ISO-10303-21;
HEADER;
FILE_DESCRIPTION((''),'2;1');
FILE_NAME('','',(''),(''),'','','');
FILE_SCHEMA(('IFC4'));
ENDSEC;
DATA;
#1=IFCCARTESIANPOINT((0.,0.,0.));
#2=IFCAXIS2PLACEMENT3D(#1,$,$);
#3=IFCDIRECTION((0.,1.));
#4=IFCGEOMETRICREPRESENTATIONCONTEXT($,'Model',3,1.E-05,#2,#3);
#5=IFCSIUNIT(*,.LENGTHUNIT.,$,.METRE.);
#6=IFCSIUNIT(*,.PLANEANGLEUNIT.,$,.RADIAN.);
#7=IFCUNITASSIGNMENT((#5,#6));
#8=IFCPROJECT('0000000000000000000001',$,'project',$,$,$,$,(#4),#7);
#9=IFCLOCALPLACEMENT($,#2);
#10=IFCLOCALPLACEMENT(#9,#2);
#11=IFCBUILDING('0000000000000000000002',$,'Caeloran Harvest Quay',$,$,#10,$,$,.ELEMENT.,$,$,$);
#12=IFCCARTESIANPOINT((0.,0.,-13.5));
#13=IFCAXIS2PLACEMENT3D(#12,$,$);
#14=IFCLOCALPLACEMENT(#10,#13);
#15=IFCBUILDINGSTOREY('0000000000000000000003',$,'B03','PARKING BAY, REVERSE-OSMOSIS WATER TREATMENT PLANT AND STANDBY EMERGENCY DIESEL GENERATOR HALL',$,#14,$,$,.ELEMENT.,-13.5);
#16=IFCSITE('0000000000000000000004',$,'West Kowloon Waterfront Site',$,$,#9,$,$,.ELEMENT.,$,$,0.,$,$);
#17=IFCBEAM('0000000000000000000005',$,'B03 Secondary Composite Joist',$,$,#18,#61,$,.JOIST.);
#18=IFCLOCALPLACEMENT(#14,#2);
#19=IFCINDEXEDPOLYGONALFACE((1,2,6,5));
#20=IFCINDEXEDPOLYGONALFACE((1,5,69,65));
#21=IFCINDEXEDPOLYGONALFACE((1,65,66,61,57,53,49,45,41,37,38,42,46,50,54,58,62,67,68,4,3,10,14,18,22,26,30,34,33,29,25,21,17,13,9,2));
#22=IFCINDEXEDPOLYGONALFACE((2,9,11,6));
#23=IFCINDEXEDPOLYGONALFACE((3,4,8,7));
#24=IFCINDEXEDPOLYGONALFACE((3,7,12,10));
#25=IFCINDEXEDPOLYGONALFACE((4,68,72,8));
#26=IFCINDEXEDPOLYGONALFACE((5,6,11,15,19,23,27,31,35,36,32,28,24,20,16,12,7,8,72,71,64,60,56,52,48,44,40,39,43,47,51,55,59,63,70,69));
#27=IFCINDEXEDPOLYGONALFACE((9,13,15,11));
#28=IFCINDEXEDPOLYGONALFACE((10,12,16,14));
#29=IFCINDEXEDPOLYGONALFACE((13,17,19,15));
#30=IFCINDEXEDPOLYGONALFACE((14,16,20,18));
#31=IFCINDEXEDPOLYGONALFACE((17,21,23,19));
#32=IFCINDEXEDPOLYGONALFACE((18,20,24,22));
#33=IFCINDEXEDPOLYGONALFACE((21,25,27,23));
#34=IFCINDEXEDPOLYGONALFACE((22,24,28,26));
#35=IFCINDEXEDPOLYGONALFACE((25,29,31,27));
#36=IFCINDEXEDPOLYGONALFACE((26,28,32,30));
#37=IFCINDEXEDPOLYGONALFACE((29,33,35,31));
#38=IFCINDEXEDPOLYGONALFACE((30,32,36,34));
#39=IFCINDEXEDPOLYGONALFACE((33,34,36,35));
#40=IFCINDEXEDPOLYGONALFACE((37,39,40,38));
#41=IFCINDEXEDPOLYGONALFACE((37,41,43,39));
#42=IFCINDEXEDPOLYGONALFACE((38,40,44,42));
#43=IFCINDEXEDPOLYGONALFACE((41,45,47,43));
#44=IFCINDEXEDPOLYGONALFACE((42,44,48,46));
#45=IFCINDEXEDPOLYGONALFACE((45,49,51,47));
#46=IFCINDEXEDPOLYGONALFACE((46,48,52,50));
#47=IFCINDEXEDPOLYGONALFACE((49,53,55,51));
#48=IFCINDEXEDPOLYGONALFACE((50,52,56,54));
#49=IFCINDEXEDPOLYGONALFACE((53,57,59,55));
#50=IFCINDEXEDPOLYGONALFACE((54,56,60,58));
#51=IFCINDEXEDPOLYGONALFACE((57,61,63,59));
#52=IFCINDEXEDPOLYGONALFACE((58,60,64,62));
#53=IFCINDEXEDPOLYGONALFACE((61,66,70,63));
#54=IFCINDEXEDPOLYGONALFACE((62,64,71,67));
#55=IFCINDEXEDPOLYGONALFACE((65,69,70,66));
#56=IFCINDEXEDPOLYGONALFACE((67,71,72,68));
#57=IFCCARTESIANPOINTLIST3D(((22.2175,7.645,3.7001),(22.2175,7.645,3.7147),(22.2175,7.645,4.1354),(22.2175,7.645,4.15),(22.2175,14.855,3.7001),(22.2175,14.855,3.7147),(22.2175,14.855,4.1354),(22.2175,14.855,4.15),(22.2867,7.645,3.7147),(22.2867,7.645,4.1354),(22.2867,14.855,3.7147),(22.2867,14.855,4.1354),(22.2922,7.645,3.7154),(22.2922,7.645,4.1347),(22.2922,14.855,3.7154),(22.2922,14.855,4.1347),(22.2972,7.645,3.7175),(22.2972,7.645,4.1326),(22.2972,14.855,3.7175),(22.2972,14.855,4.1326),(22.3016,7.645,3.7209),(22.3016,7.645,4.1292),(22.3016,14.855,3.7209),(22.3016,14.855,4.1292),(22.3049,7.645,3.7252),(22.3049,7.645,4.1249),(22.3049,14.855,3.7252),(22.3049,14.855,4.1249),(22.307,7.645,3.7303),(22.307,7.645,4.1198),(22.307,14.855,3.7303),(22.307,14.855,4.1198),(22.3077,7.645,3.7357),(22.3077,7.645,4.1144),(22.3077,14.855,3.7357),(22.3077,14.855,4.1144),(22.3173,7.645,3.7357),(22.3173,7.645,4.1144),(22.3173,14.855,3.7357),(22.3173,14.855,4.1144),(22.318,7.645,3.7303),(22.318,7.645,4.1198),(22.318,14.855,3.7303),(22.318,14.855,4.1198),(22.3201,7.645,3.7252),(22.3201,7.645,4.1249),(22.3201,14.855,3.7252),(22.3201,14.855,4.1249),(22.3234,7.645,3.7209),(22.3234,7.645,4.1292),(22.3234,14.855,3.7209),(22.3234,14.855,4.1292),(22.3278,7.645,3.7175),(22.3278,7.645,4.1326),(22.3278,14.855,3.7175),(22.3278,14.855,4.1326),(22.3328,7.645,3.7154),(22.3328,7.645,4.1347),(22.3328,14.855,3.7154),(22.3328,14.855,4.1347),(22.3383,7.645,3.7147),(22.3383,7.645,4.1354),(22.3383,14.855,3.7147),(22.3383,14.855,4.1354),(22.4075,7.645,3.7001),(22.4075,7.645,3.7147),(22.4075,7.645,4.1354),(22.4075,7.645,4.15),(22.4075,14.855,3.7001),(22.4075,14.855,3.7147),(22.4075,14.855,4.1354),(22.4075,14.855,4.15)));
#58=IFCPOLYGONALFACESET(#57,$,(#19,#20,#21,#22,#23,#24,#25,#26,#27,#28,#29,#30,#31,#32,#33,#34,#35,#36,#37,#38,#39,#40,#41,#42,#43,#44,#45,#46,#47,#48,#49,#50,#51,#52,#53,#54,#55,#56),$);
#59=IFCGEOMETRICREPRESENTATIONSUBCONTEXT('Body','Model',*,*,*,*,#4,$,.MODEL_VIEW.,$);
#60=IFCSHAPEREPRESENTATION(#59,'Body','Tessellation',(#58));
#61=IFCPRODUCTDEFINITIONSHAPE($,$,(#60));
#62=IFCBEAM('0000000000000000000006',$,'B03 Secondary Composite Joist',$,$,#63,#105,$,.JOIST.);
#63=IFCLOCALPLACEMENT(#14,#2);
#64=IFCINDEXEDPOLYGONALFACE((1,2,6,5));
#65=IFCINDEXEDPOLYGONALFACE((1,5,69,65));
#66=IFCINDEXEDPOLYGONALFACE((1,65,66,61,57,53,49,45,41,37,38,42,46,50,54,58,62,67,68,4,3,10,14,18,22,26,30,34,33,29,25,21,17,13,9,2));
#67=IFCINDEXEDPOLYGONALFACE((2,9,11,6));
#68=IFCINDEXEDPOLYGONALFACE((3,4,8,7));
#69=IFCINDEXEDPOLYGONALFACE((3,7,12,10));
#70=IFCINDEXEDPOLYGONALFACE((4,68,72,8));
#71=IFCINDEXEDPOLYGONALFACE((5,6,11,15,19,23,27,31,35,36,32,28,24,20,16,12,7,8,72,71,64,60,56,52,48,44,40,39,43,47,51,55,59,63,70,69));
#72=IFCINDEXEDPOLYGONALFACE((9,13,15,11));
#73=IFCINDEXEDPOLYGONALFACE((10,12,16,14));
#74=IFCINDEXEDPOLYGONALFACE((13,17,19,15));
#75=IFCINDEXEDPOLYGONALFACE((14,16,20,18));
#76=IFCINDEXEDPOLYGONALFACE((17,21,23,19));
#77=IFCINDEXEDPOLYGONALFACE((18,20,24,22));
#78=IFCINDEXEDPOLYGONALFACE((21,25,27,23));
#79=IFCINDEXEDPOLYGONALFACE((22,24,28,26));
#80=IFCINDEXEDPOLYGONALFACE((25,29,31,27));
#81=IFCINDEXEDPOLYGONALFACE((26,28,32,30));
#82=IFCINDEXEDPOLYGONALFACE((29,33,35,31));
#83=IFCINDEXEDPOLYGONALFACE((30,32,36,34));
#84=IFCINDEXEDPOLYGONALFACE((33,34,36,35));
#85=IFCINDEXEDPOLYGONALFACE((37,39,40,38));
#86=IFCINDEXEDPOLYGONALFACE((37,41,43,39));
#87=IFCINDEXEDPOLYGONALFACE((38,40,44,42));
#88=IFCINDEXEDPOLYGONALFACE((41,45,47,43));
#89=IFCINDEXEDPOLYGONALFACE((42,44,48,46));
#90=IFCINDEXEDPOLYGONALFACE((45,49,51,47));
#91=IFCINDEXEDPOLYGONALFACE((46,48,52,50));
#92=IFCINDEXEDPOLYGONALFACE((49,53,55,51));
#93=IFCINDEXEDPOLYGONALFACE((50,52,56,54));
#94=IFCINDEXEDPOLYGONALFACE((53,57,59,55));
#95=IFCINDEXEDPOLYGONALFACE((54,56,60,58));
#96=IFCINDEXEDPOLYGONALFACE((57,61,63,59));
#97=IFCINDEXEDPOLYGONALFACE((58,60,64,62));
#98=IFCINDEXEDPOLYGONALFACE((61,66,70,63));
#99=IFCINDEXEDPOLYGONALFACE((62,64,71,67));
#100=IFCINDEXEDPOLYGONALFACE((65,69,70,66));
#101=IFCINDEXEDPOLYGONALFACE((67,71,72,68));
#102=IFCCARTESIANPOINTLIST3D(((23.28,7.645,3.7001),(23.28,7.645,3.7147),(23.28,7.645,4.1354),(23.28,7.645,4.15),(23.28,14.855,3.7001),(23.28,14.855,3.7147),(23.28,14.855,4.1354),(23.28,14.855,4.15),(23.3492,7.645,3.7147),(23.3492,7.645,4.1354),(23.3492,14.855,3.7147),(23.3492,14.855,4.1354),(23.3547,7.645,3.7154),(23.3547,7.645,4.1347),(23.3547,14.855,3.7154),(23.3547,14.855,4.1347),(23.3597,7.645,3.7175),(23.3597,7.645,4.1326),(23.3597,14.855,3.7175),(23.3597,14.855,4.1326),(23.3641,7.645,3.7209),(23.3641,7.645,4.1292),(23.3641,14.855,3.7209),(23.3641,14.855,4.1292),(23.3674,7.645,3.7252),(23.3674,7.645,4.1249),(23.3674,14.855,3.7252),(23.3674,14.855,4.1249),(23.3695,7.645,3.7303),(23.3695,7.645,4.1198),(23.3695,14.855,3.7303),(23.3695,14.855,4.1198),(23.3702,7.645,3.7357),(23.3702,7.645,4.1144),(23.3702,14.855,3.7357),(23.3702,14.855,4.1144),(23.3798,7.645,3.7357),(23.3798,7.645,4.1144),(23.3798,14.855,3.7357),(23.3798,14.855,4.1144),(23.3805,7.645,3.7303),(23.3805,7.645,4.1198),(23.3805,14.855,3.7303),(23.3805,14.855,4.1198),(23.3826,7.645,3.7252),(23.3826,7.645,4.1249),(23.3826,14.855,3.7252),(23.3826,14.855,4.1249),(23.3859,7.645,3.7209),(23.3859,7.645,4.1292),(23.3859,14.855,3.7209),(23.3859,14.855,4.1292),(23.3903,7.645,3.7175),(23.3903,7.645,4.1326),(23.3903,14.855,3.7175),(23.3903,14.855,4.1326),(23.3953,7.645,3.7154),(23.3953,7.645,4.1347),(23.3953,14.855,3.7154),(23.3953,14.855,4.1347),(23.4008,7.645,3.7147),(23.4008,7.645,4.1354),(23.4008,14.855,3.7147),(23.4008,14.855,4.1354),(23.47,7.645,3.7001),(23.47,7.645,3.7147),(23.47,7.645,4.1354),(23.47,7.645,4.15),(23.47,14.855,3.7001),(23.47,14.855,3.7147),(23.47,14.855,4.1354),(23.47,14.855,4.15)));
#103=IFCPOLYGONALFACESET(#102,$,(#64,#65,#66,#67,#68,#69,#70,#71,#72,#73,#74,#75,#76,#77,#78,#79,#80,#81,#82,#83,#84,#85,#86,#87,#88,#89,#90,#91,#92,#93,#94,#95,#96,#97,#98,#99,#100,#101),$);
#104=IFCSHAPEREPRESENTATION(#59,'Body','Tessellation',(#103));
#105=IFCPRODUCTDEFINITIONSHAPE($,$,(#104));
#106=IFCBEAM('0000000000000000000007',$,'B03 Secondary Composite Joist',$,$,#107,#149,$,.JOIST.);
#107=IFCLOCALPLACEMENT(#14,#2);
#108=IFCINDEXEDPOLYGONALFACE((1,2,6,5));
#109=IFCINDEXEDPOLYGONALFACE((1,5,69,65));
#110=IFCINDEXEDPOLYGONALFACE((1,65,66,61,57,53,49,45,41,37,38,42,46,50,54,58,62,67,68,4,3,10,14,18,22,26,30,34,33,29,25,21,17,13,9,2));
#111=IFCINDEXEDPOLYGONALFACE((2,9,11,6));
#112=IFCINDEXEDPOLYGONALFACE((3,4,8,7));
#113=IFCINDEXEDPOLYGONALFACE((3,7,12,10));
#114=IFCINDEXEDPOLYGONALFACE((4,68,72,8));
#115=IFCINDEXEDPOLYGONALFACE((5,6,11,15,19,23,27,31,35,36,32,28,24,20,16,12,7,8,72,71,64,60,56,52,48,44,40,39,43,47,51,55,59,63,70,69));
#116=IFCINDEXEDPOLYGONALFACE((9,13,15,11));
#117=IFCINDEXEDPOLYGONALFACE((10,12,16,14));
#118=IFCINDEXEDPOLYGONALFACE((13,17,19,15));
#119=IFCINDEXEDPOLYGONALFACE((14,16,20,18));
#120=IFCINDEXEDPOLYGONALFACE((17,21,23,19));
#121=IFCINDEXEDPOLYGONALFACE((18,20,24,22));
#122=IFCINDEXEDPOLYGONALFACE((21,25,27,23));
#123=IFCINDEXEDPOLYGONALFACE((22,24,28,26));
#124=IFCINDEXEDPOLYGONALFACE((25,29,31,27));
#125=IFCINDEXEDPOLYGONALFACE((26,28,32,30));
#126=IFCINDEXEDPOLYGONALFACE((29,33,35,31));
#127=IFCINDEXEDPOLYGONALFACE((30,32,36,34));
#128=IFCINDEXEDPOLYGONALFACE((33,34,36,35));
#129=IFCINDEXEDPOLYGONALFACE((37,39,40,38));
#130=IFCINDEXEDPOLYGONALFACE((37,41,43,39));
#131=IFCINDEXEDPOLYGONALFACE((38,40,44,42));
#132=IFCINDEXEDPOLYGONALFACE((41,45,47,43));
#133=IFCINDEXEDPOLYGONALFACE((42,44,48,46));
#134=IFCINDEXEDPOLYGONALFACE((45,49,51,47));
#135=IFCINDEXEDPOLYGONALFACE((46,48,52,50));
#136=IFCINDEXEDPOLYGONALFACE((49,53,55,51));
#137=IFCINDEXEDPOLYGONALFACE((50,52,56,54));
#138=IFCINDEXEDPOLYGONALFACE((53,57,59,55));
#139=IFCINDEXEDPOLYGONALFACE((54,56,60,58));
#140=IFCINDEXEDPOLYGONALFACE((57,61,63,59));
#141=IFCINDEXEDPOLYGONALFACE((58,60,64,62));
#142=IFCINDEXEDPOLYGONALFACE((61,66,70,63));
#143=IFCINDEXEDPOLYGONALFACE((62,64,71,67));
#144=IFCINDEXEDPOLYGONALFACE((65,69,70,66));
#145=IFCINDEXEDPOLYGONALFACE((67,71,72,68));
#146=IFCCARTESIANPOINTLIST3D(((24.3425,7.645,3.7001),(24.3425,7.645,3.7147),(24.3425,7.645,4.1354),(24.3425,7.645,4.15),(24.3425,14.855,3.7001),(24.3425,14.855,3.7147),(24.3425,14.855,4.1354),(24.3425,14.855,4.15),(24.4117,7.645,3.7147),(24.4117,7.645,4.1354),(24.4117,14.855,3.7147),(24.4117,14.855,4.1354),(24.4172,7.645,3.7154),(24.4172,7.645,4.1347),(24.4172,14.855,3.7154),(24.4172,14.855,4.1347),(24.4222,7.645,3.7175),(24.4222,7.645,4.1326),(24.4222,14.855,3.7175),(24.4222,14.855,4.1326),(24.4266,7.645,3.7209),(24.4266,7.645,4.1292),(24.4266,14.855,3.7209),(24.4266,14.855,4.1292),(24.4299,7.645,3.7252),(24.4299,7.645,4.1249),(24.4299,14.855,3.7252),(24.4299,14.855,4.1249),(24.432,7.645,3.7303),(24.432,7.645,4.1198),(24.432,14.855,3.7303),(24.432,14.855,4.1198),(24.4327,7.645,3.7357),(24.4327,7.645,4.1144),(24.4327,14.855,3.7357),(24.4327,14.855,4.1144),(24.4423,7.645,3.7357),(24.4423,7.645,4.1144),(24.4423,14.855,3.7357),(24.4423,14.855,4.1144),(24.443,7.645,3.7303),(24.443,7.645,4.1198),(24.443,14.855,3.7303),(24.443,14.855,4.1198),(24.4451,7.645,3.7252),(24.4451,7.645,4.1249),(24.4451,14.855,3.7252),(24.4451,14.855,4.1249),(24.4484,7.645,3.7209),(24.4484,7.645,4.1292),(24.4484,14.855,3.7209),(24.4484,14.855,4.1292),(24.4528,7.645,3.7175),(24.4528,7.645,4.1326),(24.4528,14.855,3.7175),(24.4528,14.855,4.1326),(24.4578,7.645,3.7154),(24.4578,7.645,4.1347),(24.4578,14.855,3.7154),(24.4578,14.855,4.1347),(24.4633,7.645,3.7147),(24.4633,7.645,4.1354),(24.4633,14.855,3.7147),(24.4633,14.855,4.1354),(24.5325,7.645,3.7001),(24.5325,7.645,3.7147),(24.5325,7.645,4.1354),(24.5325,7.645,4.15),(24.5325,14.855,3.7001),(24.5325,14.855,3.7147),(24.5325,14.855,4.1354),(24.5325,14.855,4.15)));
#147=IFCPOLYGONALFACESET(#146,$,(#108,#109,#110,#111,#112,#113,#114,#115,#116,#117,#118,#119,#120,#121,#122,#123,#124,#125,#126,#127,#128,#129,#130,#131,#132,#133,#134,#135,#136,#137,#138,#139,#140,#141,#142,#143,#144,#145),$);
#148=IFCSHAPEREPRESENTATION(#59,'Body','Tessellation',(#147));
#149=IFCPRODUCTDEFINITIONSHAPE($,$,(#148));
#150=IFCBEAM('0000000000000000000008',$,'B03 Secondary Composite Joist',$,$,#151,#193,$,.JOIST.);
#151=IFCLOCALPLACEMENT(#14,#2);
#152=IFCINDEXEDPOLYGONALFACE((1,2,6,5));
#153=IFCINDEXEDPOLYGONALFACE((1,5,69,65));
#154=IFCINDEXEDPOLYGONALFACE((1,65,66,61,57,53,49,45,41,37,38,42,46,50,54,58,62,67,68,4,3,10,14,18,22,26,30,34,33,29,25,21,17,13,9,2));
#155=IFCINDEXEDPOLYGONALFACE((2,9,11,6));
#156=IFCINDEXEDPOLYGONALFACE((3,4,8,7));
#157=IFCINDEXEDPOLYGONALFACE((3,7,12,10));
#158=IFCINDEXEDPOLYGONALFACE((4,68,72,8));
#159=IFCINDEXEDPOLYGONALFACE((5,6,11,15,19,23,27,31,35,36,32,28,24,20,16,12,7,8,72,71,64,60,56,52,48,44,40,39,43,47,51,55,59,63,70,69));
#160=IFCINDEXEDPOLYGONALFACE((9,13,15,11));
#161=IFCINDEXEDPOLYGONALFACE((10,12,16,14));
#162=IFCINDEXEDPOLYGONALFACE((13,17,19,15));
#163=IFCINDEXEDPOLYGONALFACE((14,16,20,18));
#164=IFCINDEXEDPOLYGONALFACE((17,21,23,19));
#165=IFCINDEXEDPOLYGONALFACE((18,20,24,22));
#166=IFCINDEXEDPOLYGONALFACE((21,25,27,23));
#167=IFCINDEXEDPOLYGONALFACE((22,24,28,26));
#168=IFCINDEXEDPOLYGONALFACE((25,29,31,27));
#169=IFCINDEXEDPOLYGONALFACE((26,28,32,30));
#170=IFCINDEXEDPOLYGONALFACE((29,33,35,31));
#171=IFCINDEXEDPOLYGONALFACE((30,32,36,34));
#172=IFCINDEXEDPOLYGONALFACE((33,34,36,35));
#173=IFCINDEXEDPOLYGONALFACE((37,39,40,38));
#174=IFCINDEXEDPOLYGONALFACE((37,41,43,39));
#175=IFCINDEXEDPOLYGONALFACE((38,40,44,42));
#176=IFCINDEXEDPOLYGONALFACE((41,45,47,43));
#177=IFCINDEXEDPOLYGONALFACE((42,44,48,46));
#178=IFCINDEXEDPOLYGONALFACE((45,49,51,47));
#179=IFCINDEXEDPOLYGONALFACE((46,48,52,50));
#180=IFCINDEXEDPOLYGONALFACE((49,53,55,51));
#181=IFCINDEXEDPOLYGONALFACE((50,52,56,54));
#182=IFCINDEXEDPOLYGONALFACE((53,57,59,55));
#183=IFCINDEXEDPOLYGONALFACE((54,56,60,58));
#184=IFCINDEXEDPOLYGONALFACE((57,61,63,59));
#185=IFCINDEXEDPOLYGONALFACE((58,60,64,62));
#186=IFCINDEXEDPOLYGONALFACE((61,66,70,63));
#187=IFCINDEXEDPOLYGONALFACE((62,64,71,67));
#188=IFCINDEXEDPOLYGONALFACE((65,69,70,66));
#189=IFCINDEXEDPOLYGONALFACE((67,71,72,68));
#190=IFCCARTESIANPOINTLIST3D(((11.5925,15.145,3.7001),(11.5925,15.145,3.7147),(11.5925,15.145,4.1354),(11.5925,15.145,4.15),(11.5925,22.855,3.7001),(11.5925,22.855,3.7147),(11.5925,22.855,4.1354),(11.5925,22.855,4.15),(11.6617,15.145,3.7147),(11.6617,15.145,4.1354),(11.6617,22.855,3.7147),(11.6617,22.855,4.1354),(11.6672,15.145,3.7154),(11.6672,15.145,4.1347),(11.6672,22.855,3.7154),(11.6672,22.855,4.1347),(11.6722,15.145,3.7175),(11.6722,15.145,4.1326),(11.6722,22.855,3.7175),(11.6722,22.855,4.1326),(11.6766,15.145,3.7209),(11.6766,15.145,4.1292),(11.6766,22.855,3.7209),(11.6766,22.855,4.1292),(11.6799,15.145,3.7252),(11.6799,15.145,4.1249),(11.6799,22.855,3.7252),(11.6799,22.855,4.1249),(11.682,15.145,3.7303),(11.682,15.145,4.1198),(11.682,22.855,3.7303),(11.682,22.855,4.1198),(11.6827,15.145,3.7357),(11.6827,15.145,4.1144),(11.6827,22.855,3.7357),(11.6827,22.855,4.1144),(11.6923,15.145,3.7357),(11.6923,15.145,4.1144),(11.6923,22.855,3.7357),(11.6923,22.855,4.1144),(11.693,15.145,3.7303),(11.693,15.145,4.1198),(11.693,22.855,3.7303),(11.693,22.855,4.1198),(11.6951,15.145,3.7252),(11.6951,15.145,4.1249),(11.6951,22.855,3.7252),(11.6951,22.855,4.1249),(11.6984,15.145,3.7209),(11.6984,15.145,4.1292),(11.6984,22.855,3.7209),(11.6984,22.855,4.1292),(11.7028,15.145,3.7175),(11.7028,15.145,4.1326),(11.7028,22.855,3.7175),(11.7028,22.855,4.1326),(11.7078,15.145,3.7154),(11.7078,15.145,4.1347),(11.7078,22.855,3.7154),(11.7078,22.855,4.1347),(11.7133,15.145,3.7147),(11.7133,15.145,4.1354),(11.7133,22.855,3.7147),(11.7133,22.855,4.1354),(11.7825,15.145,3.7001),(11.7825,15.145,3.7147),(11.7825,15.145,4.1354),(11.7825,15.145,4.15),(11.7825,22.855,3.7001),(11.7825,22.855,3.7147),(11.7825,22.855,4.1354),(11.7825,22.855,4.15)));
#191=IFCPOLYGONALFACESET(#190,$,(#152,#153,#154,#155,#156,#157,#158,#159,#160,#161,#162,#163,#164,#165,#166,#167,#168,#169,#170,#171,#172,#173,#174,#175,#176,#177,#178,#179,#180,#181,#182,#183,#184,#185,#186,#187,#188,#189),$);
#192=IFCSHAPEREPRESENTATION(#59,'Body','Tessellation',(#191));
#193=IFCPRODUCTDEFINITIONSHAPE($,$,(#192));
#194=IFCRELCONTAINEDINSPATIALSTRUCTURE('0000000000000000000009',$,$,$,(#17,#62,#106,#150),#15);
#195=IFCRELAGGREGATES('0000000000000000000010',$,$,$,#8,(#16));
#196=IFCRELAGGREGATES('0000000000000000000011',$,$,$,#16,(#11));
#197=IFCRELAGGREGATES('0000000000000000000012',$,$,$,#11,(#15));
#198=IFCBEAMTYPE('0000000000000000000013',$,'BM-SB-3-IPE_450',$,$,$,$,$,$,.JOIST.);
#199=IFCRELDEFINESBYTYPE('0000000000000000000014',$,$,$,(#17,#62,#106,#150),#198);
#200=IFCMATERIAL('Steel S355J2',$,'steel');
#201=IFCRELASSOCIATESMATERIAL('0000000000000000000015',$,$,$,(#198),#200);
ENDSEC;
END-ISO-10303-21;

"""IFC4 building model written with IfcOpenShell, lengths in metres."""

from ifc_helpers import new_model, si_unit, direction, frame, origin, origin_2d, place, context, subcontext, project, spatial, i_section, extrude, material, material_profile, profile_set, type_object, element, save


model = new_model("IFC4")

# Units and contexts
model_context = context("Model", 3, precision=1e-05, world=origin(), true_north=direction((0.0, 1.0)))
body_context = subcontext(model_context, "Body", "Model", "MODEL_VIEW")
ifc_project = project(units=[si_unit("LENGTHUNIT", "METRE"), si_unit("PLANEANGLEUNIT", "RADIAN")], contexts=[model_context])

# Site, building, storey
site_placement = place(None, origin())
site = spatial("IfcSite", under=ifc_project, at=site_placement, Name="West Kowloon Waterfront Site", CompositionType="ELEMENT", RefElevation=0.0)
building_placement = place(site_placement, origin())
building = spatial("IfcBuilding", under=site, at=building_placement, Name="Caeloran Harvest Quay", CompositionType="ELEMENT")
storey_placement = place(building_placement, frame((0.0, 0.0, -13.5)))
storey = spatial("IfcBuildingStorey", under=building, at=storey_placement, Name="B03", Description="PARKING BAY, REVERSE-OSMOSIS WATER TREATMENT PLANT AND STANDBY EMERGENCY DIESEL GENERATOR HALL", CompositionType="ELEMENT", Elevation=-13.5)

# Beams
ifc_material_1 = material(Name="Steel S355J2", Category="steel")
ifc_material_profile_1 = material_profile(ifc_material_1, i_section(OverallWidth=0.1899, OverallDepth=0.45, WebThickness=0.0095, FlangeThickness=0.0146, FilletRadius=0.021, at=origin_2d()), Name="IPE 450")
ifc_profile_set_1 = profile_set([ifc_material_profile_1], Name="Steel S355J2")
beam_type_1 = type_object("IfcBeamType", Name="BM-SB-3-IPE_450", PredefinedType="JOIST", material=ifc_profile_set_1)
for number, where, z_axis, x_axis, name in (
    (1, (22.3125, 7.645, 3.925), (0.0, 1.0, 0.0), (-1.0, 0.0, 0.0), "B03 Secondary Composite Joist"),
    (2, (23.375, 7.645, 3.925), (0.0, 1.0, 0.0), (-1.0, 0.0, 0.0), "B03 Secondary Composite Joist"),
    (3, (24.4375, 7.645, 3.925), (0.0, 1.0, 0.0), (-1.0, 0.0, 0.0), "B03 Secondary Composite Joist"),
):
    element("IfcBeam", number, at=place(storey_placement, frame(where, z_axis=z_axis, x_axis=x_axis)), inside=storey, type_object=beam_type_1, Name=name, PredefinedType="JOIST", context=body_context, shape_type="SweptSolid", body=[
        extrude(i_section(OverallWidth=0.1899, OverallDepth=0.45, WebThickness=0.0095, FlangeThickness=0.0146, FilletRadius=0.021, at=origin_2d()), origin(), (0.0, 0.0, 1.0), 7.21),
    ])
for number, where, z_axis, x_axis, name in (
    (4, (11.6875, 15.145, 3.925), (0.0, 1.0, 0.0), (-1.0, 0.0, 0.0), "B03 Secondary Composite Joist"),
):
    element("IfcBeam", number, at=place(storey_placement, frame(where, z_axis=z_axis, x_axis=x_axis)), inside=storey, type_object=beam_type_1, Name=name, PredefinedType="JOIST", context=body_context, shape_type="SweptSolid", body=[
        extrude(i_section(OverallWidth=0.1899, OverallDepth=0.45, WebThickness=0.0095, FlangeThickness=0.0146, FilletRadius=0.021, at=origin_2d()), origin(), (0.0, 0.0, 1.0), 7.71),
    ])

save(model, "model.ifc")
